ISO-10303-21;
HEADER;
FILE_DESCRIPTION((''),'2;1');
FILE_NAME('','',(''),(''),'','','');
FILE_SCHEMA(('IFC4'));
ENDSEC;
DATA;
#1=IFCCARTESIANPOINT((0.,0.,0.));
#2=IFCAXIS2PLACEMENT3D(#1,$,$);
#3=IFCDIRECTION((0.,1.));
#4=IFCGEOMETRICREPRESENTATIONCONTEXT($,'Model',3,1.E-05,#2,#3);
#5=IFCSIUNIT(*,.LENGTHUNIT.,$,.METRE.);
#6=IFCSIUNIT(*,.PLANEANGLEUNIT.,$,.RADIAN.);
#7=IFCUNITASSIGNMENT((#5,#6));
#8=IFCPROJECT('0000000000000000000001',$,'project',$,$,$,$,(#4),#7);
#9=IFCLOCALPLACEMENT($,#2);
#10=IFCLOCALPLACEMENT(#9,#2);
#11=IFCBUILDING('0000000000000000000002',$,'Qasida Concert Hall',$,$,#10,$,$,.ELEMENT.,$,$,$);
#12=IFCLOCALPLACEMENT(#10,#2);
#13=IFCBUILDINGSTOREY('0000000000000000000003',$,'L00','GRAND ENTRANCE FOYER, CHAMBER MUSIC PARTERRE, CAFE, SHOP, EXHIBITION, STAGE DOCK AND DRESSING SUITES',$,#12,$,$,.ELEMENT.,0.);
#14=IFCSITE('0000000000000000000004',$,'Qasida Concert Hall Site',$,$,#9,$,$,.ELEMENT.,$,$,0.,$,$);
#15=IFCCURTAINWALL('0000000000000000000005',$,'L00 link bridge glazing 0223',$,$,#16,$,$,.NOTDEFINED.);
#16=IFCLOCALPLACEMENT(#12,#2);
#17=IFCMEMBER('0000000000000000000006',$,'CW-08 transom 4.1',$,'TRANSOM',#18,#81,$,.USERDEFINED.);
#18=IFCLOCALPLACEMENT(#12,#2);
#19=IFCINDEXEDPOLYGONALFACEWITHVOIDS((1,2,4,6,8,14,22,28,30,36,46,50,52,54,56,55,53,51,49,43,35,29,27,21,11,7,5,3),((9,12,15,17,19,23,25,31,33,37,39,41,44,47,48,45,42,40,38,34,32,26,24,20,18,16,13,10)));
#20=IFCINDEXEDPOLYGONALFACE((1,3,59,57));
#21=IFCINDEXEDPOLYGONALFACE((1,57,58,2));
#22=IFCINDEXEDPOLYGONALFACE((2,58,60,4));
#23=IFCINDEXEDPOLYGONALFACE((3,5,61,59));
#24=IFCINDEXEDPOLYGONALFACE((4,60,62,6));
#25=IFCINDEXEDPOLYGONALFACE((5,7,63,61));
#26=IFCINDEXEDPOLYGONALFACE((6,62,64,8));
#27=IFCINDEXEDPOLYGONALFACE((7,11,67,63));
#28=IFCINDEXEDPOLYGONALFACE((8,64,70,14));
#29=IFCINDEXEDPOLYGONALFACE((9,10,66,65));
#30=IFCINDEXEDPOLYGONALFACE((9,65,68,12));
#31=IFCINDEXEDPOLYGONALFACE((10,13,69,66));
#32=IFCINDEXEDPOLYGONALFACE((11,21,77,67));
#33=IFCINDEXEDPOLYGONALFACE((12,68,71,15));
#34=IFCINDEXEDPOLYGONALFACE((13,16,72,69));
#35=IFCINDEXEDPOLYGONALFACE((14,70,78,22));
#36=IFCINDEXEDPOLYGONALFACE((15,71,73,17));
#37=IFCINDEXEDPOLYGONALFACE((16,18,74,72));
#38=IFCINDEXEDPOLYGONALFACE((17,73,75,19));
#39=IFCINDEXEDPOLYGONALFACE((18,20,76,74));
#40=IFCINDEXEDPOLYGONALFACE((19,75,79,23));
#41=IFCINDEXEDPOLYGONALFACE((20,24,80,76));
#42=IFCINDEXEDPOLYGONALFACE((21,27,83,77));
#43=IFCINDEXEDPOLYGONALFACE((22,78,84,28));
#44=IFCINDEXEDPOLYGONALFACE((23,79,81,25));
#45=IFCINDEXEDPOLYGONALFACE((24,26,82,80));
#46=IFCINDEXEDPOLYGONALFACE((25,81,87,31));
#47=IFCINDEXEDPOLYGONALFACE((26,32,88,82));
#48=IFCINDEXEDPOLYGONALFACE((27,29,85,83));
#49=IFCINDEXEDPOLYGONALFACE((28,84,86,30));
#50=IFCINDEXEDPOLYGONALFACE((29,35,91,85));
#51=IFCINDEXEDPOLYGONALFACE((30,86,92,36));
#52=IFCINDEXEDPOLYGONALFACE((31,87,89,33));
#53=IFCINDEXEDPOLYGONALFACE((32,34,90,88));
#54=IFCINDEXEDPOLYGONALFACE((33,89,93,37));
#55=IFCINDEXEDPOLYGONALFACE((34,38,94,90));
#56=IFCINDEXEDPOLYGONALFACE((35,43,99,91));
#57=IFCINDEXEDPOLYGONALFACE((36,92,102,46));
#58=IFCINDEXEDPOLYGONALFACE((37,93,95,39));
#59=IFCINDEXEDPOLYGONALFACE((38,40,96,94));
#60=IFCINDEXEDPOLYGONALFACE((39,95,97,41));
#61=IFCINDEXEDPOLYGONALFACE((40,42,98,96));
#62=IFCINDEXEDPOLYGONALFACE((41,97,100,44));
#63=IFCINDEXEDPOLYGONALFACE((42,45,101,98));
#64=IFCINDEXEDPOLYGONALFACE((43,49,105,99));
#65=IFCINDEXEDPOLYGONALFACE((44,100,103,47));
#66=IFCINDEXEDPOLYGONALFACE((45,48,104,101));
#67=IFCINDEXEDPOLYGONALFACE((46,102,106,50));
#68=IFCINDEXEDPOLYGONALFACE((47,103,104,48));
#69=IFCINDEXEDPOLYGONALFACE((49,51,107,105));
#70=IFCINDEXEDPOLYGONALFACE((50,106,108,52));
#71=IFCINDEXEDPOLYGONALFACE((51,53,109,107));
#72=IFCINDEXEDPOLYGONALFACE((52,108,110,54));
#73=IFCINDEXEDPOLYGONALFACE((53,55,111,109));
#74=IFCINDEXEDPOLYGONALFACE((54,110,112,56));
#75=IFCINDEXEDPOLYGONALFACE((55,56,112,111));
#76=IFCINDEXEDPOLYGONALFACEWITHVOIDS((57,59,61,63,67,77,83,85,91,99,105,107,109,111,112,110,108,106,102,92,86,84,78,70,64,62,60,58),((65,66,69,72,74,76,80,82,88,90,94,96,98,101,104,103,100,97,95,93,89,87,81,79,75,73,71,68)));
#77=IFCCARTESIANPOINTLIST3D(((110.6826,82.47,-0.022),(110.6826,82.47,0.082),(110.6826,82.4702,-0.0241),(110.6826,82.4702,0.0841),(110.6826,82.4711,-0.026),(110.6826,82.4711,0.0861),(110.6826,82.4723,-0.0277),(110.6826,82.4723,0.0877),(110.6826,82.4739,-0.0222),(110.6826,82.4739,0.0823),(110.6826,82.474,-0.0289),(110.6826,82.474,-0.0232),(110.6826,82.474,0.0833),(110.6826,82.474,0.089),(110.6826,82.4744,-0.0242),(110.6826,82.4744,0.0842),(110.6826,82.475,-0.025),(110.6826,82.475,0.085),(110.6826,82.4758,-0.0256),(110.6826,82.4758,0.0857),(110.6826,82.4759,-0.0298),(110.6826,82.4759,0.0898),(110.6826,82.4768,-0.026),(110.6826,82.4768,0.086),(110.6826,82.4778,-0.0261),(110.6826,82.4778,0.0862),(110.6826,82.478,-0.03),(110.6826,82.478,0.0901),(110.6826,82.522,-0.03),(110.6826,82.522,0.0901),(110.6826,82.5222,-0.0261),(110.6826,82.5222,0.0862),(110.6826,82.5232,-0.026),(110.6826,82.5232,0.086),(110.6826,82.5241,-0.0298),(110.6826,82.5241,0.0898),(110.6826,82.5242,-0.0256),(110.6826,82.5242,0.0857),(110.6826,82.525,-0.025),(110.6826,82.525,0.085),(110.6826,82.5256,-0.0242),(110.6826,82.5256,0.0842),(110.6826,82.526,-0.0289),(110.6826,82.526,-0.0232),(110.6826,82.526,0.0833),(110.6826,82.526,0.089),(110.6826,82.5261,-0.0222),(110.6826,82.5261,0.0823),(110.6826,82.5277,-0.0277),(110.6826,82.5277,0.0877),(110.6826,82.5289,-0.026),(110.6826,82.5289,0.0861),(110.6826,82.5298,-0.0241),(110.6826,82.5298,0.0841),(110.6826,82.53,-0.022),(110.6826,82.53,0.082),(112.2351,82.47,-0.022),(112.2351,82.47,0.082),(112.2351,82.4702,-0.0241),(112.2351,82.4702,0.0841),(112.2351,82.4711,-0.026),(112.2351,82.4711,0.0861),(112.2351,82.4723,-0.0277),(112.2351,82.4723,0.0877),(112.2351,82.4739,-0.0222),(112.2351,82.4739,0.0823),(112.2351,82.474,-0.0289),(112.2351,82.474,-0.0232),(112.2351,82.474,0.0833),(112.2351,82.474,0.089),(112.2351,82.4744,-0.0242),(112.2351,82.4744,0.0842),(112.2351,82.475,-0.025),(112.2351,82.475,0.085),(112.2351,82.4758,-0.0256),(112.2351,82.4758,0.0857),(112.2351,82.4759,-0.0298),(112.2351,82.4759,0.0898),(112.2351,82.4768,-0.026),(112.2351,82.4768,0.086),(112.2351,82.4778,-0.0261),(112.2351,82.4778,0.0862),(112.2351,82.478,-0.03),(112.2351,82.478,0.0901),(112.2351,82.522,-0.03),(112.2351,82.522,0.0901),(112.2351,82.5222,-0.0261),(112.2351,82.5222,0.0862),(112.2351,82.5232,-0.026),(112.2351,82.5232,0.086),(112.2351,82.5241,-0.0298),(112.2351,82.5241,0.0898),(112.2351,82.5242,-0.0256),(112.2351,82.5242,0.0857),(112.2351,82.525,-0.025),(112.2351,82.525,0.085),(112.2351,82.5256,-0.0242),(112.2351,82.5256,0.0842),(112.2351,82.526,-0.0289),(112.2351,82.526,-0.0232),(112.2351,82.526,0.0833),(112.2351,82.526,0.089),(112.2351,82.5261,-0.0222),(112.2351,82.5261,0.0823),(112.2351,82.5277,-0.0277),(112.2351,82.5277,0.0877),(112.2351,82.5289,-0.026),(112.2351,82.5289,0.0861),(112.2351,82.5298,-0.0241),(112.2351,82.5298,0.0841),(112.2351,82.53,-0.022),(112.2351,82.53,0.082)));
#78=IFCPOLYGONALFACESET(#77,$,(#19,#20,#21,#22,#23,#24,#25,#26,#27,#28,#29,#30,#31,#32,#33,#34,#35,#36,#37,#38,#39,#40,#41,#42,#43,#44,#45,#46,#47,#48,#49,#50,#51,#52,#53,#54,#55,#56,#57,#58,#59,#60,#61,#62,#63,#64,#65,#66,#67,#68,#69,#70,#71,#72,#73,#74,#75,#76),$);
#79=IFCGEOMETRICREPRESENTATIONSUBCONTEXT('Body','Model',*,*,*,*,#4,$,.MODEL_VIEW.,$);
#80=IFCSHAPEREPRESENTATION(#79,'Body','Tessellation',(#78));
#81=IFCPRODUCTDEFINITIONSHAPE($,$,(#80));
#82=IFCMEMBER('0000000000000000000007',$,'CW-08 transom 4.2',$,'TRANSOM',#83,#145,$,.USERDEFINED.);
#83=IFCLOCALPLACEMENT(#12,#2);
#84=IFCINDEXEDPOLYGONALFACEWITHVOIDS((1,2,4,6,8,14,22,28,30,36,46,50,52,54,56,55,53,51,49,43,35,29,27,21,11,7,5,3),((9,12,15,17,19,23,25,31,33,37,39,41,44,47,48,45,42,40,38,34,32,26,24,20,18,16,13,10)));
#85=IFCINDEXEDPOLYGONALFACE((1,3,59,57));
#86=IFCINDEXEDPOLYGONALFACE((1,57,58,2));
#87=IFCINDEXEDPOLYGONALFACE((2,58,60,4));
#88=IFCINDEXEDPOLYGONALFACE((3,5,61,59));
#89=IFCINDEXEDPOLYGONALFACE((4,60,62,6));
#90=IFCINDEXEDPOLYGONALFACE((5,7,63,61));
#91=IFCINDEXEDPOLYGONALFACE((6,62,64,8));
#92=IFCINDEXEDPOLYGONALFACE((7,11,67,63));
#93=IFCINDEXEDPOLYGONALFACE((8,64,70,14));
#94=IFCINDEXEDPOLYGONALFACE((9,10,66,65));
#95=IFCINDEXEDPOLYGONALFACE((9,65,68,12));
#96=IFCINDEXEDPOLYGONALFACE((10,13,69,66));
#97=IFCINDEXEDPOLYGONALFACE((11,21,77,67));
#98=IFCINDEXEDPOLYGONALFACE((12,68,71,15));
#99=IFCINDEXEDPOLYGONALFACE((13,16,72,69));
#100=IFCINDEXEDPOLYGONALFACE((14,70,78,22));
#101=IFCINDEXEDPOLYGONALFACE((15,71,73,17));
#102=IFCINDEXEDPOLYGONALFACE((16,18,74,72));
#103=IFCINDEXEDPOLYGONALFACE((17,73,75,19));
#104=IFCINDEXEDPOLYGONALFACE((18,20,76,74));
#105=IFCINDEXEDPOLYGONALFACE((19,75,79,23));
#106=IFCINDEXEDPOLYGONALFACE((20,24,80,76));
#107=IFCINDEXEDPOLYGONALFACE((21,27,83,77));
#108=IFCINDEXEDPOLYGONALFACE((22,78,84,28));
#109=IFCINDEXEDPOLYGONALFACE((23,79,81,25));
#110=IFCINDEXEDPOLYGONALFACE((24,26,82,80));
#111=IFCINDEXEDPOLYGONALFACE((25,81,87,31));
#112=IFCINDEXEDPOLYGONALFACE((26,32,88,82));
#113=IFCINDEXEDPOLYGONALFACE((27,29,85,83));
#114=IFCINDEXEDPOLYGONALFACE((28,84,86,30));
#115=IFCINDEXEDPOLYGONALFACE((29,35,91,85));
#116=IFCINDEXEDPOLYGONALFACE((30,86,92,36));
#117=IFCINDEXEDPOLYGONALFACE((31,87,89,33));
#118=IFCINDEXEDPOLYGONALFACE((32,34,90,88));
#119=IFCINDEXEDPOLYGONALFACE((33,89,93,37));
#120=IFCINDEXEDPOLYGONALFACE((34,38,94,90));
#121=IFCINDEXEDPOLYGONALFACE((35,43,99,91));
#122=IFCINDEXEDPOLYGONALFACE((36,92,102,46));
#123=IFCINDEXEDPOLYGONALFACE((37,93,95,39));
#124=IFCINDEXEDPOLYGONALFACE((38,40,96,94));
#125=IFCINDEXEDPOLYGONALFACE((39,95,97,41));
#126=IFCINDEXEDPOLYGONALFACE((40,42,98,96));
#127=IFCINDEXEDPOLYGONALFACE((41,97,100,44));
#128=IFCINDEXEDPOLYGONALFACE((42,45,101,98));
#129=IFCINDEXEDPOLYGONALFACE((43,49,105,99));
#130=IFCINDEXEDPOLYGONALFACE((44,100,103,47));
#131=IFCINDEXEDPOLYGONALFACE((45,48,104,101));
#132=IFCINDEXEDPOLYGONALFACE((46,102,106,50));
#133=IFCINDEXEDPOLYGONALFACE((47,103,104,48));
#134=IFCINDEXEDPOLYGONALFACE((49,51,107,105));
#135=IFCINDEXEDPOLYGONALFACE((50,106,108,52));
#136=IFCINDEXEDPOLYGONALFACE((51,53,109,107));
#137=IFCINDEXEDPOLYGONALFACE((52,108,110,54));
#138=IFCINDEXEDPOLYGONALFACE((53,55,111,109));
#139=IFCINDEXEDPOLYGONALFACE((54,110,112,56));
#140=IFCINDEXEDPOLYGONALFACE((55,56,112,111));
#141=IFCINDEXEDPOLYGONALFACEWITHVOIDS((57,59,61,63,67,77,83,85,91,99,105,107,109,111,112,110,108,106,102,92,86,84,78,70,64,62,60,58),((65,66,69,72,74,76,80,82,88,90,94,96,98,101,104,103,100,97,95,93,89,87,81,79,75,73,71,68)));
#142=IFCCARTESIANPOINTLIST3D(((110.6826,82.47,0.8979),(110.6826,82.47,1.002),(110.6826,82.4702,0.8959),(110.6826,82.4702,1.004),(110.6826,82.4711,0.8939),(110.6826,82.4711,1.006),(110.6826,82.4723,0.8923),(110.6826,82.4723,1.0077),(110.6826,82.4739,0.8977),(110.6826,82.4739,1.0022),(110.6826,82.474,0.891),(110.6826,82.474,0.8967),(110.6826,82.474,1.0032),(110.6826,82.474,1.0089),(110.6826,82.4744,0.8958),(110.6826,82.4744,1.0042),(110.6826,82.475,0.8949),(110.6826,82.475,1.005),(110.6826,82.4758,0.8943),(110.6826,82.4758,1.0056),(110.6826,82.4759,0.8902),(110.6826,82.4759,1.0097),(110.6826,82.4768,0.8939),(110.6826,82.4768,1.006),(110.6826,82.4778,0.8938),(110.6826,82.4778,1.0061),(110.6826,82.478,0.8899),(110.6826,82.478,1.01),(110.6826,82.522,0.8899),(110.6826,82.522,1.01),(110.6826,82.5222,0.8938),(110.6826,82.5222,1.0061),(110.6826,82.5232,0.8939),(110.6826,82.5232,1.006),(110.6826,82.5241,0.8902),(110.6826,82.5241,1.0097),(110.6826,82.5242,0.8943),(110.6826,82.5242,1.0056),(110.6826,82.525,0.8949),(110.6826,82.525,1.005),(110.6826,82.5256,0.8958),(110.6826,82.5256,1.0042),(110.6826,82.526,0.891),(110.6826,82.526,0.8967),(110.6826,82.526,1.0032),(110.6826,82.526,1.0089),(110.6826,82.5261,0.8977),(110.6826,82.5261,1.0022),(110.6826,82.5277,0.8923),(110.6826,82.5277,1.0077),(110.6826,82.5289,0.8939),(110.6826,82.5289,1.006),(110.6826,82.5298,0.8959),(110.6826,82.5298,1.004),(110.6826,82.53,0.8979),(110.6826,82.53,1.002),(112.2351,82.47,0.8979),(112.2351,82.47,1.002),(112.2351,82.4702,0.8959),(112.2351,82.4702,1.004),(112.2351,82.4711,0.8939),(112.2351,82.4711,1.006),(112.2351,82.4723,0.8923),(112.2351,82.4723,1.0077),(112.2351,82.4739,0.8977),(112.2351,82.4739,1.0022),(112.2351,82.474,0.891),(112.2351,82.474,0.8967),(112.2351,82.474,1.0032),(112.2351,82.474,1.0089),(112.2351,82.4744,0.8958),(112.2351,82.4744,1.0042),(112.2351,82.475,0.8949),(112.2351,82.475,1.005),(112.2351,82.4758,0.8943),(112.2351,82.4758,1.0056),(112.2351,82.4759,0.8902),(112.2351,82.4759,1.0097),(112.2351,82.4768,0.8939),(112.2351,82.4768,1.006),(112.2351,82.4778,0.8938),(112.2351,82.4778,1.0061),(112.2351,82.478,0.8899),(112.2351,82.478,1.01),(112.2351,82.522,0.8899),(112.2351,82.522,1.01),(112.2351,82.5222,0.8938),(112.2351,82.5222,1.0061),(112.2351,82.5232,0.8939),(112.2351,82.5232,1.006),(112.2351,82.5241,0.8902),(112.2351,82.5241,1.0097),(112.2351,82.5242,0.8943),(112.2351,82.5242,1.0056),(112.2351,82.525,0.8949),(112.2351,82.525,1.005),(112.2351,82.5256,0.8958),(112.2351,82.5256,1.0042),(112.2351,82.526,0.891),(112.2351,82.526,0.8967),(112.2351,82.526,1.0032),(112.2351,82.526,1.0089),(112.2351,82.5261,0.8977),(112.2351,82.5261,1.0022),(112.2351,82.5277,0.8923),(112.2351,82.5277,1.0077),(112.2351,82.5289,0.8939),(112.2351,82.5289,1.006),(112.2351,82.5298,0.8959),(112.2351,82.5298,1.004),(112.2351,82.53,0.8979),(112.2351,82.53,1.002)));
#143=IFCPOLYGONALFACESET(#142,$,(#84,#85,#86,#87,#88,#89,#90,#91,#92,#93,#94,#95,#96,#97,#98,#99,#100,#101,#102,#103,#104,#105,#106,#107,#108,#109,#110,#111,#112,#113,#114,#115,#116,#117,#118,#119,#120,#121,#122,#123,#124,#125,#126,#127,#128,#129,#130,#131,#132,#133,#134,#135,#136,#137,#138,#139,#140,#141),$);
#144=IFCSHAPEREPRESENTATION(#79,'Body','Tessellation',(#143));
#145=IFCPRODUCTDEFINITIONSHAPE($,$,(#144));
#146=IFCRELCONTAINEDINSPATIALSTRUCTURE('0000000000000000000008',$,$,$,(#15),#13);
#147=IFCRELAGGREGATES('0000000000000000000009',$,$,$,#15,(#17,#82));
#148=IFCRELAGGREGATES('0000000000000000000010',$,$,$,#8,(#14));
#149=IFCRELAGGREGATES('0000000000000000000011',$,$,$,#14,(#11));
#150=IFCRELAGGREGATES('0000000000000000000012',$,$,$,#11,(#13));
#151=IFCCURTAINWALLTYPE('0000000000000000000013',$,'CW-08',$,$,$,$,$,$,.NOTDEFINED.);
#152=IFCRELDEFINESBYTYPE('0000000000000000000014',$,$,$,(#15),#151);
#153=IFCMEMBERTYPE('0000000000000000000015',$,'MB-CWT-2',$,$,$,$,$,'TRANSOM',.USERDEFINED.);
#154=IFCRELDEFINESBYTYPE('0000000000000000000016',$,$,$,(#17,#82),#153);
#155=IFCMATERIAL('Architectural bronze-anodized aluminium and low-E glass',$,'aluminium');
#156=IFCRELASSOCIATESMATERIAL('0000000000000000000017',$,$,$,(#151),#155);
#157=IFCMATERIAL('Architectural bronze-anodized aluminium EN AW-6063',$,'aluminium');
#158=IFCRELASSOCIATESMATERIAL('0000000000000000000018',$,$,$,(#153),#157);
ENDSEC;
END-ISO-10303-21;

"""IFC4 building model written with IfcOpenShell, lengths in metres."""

from ifc_helpers import new_model, si_unit, direction, frame, origin, origin_2d, place, context, subcontext, project, spatial, hollow_rectangle, extrude, material, material_profile, profile_set, type_object, element, aggregate, save


model = new_model("IFC4")

# Units and contexts
model_context = context("Model", 3, precision=1e-05, world=origin(), true_north=direction((0.0, 1.0)))
body_context = subcontext(model_context, "Body", "Model", "MODEL_VIEW")
ifc_project = project(units=[si_unit("LENGTHUNIT", "METRE"), si_unit("PLANEANGLEUNIT", "RADIAN")], contexts=[model_context])

# Site, building, storey
site_placement = place(None, origin())
site = spatial("IfcSite", under=ifc_project, at=site_placement, Name="Qasida Concert Hall Site", CompositionType="ELEMENT", RefElevation=0.0)
building_placement = place(site_placement, origin())
building = spatial("IfcBuilding", under=site, at=building_placement, Name="Qasida Concert Hall", CompositionType="ELEMENT")
storey_placement = place(building_placement, origin())
storey = spatial("IfcBuildingStorey", under=building, at=storey_placement, Name="L00", Description="GRAND ENTRANCE FOYER, CHAMBER MUSIC PARTERRE, CAFE, SHOP, EXHIBITION, STAGE DOCK AND DRESSING SUITES", CompositionType="ELEMENT", Elevation=0.0)

# Curtain wall
ifc_material_1 = material(Name="Architectural bronze-anodized aluminium and low-E glass", Category="aluminium")
curtain_wall_type = type_object("IfcCurtainWallType", Name="CW-08", PredefinedType="NOTDEFINED", material=ifc_material_1)
curtain_wall_1_placement = place(storey_placement, origin())
curtain_wall_1 = element("IfcCurtainWall", 1, at=curtain_wall_1_placement, inside=storey, type_object=curtain_wall_type, Name="L00 link bridge glazing 0223", PredefinedType="NOTDEFINED")
ifc_material_2 = material(Name="Architectural bronze-anodized aluminium EN AW-6063", Category="aluminium")

# Members
ifc_material_profile_1 = material_profile(ifc_material_2, hollow_rectangle(XDim=0.0601, YDim=0.1201, WallThickness=0.0039, InnerFilletRadius=0.0039, OuterFilletRadius=0.0081, at=origin_2d()), Name="CWT 120x60x4")
ifc_profile_set_1 = profile_set([ifc_material_profile_1], Name="Architectural bronze-anodized aluminium EN AW-6063")
member_type_1 = type_object("IfcMemberType", Name="MB-CWT-2", ElementType="TRANSOM", PredefinedType="USERDEFINED", material=ifc_profile_set_1)
member_1_placement = place(storey_placement, frame((110.6826, 82.5, 0.03), z_axis=(1.0, 0.0, 0.0), x_axis=(0.0, 1.0, 0.0)))
member_1 = element("IfcMember", 2, at=member_1_placement, type_object=member_type_1, Name="CW-08 transom 4.1", ObjectType="TRANSOM", PredefinedType="USERDEFINED", context=body_context, shape_type="SweptSolid", body=[
    extrude(hollow_rectangle(XDim=0.0601, YDim=0.1201, WallThickness=0.0039, InnerFilletRadius=0.0039, OuterFilletRadius=0.0081, at=origin_2d()), origin(), (0.0, 0.0, 1.0), 1.5525),
])
member_2_placement = place(storey_placement, frame((110.6826, 82.5, 0.95), z_axis=(1.0, 0.0, 0.0), x_axis=(0.0, 1.0, 0.0)))
member_2 = element("IfcMember", 3, at=member_2_placement, type_object=member_type_1, Name="CW-08 transom 4.2", ObjectType="TRANSOM", PredefinedType="USERDEFINED", context=body_context, shape_type="SweptSolid", body=[
    extrude(hollow_rectangle(XDim=0.0601, YDim=0.1201, WallThickness=0.0039, InnerFilletRadius=0.0039, OuterFilletRadius=0.0081, at=origin_2d()), origin(), (0.0, 0.0, 1.0), 1.5525),
])

aggregate(curtain_wall_1, [member_1, member_2])

save(model, "model.ifc")
